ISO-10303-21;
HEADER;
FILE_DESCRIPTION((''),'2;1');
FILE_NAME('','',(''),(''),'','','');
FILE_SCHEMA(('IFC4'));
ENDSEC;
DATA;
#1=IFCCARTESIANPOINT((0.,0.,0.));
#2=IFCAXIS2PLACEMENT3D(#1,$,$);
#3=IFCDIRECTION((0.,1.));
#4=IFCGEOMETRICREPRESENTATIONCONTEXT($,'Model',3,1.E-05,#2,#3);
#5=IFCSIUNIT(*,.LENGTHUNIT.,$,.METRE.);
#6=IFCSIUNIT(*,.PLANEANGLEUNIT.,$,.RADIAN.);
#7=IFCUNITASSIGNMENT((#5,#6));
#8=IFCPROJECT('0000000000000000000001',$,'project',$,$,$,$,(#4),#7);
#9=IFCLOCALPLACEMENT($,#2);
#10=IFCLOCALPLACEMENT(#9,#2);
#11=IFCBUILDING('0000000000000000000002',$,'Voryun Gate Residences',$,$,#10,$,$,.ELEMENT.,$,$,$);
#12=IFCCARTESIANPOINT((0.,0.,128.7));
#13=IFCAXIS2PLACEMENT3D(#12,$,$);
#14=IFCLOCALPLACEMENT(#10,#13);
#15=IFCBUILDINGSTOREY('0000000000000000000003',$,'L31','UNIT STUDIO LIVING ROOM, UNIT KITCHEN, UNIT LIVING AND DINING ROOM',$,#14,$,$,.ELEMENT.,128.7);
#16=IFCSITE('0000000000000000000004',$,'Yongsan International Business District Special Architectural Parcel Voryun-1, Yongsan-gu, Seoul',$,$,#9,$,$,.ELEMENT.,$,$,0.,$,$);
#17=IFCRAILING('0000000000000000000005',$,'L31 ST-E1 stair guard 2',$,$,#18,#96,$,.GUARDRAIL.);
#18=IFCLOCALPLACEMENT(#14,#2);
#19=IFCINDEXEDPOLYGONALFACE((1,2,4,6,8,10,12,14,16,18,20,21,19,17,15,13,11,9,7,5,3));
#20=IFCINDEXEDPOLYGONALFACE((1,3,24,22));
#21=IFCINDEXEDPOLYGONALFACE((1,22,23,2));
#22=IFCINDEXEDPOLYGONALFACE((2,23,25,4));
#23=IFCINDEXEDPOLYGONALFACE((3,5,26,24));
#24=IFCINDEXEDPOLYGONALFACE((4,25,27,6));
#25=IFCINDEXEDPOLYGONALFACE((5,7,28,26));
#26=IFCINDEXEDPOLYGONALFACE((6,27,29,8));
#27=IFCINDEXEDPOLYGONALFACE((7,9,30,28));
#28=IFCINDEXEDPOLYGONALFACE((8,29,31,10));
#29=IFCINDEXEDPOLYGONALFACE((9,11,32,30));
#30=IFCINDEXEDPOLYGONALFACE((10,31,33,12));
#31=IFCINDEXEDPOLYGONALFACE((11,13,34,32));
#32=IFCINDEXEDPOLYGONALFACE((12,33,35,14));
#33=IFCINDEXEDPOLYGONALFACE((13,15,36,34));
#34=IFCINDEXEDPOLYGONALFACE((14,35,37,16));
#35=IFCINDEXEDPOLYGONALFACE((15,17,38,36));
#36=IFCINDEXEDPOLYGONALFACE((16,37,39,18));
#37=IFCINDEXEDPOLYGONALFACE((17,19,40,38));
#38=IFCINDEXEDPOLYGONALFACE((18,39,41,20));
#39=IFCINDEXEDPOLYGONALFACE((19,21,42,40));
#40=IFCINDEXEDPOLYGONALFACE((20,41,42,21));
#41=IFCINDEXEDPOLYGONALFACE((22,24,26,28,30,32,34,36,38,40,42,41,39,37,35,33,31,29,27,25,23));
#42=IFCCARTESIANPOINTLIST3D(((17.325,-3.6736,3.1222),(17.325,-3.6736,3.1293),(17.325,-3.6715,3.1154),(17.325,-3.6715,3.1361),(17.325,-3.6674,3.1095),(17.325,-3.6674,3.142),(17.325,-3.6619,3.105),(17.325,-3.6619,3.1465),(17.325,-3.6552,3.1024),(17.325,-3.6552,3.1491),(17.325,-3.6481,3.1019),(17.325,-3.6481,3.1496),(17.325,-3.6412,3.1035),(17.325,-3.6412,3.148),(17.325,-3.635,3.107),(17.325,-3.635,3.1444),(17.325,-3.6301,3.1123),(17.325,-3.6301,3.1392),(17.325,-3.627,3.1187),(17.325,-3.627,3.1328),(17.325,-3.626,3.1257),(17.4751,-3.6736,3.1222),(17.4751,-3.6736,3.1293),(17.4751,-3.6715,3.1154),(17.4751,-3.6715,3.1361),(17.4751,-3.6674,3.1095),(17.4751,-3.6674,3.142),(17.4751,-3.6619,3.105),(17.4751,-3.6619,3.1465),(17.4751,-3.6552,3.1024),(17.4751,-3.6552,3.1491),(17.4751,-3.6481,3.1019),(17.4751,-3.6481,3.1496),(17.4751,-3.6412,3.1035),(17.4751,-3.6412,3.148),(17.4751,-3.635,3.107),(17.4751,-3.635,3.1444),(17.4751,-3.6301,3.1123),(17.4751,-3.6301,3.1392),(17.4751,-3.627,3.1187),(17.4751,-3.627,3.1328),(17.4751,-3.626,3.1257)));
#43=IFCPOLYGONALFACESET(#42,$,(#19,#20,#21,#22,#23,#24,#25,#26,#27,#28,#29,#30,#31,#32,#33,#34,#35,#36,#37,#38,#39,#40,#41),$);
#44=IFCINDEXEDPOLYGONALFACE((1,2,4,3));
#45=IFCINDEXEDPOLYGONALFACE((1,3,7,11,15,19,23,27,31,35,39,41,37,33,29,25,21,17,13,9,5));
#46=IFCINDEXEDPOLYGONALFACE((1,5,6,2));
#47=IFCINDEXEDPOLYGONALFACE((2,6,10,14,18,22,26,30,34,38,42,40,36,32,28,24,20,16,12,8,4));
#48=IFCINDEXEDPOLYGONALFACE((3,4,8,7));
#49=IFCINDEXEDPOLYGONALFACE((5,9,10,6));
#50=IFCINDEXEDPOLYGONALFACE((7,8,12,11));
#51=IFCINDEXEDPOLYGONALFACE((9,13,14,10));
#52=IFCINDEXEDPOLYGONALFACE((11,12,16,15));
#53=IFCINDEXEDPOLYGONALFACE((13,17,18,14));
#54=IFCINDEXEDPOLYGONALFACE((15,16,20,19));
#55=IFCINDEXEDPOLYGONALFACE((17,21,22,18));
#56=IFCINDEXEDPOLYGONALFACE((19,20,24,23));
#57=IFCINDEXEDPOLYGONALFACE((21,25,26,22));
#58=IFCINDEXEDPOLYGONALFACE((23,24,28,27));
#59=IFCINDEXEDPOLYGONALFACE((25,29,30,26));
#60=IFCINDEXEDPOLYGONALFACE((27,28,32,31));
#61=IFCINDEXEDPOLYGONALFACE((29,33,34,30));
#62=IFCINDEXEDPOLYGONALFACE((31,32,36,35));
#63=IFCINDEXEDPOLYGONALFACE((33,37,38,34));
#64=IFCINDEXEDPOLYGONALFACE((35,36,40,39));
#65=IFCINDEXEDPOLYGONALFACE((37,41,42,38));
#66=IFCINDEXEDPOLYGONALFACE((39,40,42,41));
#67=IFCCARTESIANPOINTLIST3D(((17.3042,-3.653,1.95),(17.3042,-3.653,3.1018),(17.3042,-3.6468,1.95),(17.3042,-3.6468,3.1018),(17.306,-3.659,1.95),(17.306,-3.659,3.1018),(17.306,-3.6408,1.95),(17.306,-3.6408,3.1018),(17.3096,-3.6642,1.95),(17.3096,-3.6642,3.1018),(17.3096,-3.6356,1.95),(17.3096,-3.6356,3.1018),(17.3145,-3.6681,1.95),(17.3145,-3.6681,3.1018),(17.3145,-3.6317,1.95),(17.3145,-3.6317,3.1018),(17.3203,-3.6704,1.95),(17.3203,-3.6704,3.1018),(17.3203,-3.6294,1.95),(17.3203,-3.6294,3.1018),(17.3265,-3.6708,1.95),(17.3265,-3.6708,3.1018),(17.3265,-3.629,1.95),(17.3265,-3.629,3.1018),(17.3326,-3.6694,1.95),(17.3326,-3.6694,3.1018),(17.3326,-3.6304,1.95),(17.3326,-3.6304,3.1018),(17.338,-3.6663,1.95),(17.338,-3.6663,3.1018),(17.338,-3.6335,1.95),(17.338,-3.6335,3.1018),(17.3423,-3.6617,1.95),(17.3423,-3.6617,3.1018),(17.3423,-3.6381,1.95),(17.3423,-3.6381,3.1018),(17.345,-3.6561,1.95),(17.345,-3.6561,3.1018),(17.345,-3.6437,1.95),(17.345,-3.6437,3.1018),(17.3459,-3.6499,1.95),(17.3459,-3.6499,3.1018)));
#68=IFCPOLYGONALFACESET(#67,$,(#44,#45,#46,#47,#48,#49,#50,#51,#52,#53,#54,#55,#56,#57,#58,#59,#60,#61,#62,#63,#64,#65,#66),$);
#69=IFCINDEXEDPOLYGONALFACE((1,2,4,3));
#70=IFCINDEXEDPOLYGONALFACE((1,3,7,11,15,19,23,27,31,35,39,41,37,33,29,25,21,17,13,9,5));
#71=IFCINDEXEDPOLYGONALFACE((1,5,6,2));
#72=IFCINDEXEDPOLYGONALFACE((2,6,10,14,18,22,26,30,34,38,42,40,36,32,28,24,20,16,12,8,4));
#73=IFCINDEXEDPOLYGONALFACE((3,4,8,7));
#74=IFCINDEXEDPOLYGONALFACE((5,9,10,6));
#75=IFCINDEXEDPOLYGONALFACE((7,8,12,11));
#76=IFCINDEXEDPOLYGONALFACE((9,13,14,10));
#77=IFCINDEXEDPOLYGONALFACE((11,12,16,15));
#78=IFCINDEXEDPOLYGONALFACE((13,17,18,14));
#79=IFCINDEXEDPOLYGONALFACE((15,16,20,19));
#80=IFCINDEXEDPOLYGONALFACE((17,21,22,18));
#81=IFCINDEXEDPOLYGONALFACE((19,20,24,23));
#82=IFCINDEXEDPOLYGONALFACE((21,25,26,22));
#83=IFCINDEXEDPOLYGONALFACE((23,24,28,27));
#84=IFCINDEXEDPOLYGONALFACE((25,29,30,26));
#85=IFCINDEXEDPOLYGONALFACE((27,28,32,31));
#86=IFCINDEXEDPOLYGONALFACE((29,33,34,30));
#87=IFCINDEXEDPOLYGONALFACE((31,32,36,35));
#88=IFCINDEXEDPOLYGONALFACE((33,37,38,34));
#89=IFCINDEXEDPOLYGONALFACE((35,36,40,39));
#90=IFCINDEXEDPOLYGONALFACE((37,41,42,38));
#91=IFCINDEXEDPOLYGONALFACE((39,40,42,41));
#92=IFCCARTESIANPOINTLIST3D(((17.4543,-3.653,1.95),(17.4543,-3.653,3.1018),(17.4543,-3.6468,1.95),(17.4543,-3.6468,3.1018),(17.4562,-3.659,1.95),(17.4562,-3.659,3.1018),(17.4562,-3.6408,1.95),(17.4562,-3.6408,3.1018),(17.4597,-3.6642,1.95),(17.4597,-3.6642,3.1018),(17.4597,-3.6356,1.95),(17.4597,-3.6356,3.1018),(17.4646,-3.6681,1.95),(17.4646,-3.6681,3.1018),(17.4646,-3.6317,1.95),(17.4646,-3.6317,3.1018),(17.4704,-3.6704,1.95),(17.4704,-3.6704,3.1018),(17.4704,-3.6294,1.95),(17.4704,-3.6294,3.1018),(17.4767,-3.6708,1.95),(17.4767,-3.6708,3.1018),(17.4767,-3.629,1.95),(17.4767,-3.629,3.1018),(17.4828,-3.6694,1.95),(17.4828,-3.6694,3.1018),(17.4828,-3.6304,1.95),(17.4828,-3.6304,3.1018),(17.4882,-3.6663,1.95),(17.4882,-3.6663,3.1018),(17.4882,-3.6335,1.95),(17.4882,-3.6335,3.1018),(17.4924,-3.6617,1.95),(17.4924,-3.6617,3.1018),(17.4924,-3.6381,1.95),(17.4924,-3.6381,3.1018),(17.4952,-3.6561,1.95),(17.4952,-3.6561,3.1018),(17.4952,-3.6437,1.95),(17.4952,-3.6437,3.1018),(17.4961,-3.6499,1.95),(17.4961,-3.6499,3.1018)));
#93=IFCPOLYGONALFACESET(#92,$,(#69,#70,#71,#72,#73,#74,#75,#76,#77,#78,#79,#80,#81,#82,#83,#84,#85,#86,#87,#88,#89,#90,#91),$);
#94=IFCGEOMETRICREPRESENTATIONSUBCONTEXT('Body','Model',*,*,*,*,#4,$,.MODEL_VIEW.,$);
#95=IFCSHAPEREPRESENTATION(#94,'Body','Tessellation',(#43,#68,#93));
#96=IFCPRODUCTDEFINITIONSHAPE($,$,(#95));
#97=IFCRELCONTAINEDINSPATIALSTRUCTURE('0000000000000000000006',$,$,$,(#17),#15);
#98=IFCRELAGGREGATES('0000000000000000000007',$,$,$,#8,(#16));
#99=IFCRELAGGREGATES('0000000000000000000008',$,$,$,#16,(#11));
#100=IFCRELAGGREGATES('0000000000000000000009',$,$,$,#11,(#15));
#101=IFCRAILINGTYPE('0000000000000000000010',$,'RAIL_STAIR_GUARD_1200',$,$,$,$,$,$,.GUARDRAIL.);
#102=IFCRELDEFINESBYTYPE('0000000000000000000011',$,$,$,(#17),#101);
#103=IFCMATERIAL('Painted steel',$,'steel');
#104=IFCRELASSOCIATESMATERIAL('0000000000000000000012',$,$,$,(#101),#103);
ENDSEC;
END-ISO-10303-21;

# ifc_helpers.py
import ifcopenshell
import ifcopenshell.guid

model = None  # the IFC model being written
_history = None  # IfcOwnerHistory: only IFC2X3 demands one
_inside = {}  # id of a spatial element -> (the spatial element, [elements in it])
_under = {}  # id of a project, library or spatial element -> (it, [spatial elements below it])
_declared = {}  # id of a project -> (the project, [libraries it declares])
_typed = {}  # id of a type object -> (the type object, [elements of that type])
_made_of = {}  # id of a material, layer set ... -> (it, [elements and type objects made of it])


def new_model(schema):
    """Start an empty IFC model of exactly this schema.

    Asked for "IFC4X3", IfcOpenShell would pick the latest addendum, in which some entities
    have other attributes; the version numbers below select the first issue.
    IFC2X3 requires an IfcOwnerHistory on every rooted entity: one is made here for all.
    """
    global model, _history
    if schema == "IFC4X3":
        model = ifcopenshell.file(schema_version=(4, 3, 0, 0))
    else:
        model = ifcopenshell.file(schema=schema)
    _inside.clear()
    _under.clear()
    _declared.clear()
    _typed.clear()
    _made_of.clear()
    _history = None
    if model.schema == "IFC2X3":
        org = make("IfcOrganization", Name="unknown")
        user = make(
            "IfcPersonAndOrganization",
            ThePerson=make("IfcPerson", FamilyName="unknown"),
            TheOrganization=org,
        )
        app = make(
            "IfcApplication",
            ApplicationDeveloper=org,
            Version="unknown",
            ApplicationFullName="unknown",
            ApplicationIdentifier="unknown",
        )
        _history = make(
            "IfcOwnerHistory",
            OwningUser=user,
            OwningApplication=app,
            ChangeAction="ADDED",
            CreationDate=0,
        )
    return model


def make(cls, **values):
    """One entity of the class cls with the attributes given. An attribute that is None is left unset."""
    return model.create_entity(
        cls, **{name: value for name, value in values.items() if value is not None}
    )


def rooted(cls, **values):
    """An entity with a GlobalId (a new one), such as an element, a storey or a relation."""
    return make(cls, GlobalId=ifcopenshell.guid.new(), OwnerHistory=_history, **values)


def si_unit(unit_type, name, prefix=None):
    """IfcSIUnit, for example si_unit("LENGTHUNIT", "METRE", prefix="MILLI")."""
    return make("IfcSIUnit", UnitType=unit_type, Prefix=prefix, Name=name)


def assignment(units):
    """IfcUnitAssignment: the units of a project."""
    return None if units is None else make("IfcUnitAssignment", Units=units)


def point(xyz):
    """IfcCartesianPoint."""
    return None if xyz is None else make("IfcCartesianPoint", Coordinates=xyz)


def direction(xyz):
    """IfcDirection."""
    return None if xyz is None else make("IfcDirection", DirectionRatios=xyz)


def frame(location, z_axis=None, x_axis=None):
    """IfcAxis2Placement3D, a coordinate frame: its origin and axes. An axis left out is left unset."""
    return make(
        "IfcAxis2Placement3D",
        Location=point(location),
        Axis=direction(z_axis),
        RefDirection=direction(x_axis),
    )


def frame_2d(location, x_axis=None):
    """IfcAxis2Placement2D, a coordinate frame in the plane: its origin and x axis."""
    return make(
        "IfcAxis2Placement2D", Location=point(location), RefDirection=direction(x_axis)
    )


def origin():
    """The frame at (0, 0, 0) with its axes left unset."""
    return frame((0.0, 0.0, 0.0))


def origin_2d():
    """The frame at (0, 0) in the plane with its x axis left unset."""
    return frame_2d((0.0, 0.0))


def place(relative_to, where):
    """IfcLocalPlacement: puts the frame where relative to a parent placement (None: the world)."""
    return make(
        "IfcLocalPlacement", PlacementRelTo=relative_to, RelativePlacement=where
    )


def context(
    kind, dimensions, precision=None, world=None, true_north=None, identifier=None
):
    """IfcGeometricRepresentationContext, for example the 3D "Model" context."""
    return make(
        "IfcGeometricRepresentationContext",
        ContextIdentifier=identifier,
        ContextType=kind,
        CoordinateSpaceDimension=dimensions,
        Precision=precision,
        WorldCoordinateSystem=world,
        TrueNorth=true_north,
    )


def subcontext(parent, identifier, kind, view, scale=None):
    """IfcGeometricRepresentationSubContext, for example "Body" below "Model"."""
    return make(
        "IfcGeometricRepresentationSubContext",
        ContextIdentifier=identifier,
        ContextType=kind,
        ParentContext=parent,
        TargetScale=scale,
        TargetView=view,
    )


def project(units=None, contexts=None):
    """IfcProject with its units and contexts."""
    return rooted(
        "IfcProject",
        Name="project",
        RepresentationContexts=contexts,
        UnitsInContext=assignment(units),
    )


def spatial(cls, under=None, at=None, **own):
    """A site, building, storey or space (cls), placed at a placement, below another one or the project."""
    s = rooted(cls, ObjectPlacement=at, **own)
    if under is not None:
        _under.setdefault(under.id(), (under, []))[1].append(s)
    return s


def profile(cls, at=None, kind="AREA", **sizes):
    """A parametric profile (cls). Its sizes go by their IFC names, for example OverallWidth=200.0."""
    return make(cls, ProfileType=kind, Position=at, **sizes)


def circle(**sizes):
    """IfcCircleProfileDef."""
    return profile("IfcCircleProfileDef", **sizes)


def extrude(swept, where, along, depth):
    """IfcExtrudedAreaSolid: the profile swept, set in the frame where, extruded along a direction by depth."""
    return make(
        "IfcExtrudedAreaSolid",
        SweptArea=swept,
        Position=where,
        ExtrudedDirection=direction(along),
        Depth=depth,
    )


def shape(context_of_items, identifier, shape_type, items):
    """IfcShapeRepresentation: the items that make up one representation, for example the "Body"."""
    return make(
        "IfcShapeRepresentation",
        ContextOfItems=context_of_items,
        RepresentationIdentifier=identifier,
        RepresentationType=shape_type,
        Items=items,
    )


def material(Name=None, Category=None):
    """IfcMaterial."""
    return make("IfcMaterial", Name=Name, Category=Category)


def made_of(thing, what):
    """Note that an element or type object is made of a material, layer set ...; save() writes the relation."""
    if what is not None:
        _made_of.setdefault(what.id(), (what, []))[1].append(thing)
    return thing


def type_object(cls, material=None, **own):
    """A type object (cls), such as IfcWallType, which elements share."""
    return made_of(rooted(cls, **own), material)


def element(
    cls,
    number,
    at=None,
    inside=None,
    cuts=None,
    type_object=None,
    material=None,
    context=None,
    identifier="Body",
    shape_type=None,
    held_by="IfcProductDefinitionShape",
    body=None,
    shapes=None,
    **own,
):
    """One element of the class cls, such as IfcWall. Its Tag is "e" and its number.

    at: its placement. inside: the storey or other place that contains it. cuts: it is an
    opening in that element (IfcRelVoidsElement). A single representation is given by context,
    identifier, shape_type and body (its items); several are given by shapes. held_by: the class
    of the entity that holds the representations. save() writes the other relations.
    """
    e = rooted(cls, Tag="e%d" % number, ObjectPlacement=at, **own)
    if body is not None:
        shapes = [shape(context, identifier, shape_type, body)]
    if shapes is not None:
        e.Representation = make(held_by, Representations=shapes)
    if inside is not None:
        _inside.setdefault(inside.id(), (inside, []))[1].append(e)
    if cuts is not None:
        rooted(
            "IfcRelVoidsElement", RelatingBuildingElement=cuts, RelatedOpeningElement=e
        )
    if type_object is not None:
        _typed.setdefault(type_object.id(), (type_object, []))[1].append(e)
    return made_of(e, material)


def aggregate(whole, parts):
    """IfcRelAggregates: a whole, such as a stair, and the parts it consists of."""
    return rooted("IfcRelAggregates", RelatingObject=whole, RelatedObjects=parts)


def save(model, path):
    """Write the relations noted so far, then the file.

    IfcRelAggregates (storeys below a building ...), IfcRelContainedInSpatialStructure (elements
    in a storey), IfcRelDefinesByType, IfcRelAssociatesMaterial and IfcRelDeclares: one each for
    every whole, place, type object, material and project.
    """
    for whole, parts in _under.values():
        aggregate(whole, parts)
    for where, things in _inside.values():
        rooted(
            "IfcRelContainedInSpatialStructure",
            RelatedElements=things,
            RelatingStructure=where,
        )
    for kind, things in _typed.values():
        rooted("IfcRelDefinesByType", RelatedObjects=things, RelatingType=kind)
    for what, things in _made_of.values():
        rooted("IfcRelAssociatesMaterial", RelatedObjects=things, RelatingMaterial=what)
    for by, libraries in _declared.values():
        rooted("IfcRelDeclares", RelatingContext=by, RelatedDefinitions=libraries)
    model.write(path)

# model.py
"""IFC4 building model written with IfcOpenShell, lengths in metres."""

from ifc_helpers import new_model, si_unit, direction, frame, origin, origin_2d, place, context, subcontext, project, spatial, circle, extrude, material, type_object, element, save


model = new_model("IFC4")

# Units and contexts
model_context = context("Model", 3, precision=1e-05, world=origin(), true_north=direction((0.0, 1.0)))
body_context = subcontext(model_context, "Body", "Model", "MODEL_VIEW")
ifc_project = project(units=[si_unit("LENGTHUNIT", "METRE"), si_unit("PLANEANGLEUNIT", "RADIAN")], contexts=[model_context])

# Site, building, storey
site_placement = place(None, origin())
site = spatial("IfcSite", under=ifc_project, at=site_placement, Name="Yongsan International Business District Special Architectural Parcel Voryun-1, Yongsan-gu, Seoul", CompositionType="ELEMENT", RefElevation=0.0)
building_placement = place(site_placement, origin())
building = spatial("IfcBuilding", under=site, at=building_placement, Name="Voryun Gate Residences", CompositionType="ELEMENT")
storey_placement = place(building_placement, frame((0.0, 0.0, 128.7)))
storey = spatial("IfcBuildingStorey", under=building, at=storey_placement, Name="L31", Description="UNIT STUDIO LIVING ROOM, UNIT KITCHEN, UNIT LIVING AND DINING ROOM", CompositionType="ELEMENT", Elevation=128.7)

# Railing
ifc_material_1 = material(Name="Painted steel", Category="steel")
railing_type_1 = type_object("IfcRailingType", Name="RAIL_STAIR_GUARD_1200", PredefinedType="GUARDRAIL", material=ifc_material_1)
railing_1_placement = place(storey_placement, frame((17.325, -3.6499, 1.95)))
element("IfcRailing", 1, at=railing_1_placement, inside=storey, type_object=railing_type_1, Name="L31 ST-E1 stair guard 2", PredefinedType="GUARDRAIL", context=body_context, shape_type="SweptSolid", body=[
    extrude(circle(Radius=0.0239, at=origin_2d()), frame((0.0, 0.0, 1.1758), z_axis=(1.0, 0.0, 0.0), x_axis=(0.0, 1.0, 0.0)), (0.0, 0.0, 1.0), 0.1501),
    extrude(circle(Radius=0.021, at=origin_2d()), origin(), (0.0, 0.0, 1.0), 1.1519),
    extrude(circle(Radius=0.021, at=origin_2d()), frame((0.1501, 0.0, 0.0)), (0.0, 0.0, 1.0), 1.1519),
])

save(model, "model.ifc")
